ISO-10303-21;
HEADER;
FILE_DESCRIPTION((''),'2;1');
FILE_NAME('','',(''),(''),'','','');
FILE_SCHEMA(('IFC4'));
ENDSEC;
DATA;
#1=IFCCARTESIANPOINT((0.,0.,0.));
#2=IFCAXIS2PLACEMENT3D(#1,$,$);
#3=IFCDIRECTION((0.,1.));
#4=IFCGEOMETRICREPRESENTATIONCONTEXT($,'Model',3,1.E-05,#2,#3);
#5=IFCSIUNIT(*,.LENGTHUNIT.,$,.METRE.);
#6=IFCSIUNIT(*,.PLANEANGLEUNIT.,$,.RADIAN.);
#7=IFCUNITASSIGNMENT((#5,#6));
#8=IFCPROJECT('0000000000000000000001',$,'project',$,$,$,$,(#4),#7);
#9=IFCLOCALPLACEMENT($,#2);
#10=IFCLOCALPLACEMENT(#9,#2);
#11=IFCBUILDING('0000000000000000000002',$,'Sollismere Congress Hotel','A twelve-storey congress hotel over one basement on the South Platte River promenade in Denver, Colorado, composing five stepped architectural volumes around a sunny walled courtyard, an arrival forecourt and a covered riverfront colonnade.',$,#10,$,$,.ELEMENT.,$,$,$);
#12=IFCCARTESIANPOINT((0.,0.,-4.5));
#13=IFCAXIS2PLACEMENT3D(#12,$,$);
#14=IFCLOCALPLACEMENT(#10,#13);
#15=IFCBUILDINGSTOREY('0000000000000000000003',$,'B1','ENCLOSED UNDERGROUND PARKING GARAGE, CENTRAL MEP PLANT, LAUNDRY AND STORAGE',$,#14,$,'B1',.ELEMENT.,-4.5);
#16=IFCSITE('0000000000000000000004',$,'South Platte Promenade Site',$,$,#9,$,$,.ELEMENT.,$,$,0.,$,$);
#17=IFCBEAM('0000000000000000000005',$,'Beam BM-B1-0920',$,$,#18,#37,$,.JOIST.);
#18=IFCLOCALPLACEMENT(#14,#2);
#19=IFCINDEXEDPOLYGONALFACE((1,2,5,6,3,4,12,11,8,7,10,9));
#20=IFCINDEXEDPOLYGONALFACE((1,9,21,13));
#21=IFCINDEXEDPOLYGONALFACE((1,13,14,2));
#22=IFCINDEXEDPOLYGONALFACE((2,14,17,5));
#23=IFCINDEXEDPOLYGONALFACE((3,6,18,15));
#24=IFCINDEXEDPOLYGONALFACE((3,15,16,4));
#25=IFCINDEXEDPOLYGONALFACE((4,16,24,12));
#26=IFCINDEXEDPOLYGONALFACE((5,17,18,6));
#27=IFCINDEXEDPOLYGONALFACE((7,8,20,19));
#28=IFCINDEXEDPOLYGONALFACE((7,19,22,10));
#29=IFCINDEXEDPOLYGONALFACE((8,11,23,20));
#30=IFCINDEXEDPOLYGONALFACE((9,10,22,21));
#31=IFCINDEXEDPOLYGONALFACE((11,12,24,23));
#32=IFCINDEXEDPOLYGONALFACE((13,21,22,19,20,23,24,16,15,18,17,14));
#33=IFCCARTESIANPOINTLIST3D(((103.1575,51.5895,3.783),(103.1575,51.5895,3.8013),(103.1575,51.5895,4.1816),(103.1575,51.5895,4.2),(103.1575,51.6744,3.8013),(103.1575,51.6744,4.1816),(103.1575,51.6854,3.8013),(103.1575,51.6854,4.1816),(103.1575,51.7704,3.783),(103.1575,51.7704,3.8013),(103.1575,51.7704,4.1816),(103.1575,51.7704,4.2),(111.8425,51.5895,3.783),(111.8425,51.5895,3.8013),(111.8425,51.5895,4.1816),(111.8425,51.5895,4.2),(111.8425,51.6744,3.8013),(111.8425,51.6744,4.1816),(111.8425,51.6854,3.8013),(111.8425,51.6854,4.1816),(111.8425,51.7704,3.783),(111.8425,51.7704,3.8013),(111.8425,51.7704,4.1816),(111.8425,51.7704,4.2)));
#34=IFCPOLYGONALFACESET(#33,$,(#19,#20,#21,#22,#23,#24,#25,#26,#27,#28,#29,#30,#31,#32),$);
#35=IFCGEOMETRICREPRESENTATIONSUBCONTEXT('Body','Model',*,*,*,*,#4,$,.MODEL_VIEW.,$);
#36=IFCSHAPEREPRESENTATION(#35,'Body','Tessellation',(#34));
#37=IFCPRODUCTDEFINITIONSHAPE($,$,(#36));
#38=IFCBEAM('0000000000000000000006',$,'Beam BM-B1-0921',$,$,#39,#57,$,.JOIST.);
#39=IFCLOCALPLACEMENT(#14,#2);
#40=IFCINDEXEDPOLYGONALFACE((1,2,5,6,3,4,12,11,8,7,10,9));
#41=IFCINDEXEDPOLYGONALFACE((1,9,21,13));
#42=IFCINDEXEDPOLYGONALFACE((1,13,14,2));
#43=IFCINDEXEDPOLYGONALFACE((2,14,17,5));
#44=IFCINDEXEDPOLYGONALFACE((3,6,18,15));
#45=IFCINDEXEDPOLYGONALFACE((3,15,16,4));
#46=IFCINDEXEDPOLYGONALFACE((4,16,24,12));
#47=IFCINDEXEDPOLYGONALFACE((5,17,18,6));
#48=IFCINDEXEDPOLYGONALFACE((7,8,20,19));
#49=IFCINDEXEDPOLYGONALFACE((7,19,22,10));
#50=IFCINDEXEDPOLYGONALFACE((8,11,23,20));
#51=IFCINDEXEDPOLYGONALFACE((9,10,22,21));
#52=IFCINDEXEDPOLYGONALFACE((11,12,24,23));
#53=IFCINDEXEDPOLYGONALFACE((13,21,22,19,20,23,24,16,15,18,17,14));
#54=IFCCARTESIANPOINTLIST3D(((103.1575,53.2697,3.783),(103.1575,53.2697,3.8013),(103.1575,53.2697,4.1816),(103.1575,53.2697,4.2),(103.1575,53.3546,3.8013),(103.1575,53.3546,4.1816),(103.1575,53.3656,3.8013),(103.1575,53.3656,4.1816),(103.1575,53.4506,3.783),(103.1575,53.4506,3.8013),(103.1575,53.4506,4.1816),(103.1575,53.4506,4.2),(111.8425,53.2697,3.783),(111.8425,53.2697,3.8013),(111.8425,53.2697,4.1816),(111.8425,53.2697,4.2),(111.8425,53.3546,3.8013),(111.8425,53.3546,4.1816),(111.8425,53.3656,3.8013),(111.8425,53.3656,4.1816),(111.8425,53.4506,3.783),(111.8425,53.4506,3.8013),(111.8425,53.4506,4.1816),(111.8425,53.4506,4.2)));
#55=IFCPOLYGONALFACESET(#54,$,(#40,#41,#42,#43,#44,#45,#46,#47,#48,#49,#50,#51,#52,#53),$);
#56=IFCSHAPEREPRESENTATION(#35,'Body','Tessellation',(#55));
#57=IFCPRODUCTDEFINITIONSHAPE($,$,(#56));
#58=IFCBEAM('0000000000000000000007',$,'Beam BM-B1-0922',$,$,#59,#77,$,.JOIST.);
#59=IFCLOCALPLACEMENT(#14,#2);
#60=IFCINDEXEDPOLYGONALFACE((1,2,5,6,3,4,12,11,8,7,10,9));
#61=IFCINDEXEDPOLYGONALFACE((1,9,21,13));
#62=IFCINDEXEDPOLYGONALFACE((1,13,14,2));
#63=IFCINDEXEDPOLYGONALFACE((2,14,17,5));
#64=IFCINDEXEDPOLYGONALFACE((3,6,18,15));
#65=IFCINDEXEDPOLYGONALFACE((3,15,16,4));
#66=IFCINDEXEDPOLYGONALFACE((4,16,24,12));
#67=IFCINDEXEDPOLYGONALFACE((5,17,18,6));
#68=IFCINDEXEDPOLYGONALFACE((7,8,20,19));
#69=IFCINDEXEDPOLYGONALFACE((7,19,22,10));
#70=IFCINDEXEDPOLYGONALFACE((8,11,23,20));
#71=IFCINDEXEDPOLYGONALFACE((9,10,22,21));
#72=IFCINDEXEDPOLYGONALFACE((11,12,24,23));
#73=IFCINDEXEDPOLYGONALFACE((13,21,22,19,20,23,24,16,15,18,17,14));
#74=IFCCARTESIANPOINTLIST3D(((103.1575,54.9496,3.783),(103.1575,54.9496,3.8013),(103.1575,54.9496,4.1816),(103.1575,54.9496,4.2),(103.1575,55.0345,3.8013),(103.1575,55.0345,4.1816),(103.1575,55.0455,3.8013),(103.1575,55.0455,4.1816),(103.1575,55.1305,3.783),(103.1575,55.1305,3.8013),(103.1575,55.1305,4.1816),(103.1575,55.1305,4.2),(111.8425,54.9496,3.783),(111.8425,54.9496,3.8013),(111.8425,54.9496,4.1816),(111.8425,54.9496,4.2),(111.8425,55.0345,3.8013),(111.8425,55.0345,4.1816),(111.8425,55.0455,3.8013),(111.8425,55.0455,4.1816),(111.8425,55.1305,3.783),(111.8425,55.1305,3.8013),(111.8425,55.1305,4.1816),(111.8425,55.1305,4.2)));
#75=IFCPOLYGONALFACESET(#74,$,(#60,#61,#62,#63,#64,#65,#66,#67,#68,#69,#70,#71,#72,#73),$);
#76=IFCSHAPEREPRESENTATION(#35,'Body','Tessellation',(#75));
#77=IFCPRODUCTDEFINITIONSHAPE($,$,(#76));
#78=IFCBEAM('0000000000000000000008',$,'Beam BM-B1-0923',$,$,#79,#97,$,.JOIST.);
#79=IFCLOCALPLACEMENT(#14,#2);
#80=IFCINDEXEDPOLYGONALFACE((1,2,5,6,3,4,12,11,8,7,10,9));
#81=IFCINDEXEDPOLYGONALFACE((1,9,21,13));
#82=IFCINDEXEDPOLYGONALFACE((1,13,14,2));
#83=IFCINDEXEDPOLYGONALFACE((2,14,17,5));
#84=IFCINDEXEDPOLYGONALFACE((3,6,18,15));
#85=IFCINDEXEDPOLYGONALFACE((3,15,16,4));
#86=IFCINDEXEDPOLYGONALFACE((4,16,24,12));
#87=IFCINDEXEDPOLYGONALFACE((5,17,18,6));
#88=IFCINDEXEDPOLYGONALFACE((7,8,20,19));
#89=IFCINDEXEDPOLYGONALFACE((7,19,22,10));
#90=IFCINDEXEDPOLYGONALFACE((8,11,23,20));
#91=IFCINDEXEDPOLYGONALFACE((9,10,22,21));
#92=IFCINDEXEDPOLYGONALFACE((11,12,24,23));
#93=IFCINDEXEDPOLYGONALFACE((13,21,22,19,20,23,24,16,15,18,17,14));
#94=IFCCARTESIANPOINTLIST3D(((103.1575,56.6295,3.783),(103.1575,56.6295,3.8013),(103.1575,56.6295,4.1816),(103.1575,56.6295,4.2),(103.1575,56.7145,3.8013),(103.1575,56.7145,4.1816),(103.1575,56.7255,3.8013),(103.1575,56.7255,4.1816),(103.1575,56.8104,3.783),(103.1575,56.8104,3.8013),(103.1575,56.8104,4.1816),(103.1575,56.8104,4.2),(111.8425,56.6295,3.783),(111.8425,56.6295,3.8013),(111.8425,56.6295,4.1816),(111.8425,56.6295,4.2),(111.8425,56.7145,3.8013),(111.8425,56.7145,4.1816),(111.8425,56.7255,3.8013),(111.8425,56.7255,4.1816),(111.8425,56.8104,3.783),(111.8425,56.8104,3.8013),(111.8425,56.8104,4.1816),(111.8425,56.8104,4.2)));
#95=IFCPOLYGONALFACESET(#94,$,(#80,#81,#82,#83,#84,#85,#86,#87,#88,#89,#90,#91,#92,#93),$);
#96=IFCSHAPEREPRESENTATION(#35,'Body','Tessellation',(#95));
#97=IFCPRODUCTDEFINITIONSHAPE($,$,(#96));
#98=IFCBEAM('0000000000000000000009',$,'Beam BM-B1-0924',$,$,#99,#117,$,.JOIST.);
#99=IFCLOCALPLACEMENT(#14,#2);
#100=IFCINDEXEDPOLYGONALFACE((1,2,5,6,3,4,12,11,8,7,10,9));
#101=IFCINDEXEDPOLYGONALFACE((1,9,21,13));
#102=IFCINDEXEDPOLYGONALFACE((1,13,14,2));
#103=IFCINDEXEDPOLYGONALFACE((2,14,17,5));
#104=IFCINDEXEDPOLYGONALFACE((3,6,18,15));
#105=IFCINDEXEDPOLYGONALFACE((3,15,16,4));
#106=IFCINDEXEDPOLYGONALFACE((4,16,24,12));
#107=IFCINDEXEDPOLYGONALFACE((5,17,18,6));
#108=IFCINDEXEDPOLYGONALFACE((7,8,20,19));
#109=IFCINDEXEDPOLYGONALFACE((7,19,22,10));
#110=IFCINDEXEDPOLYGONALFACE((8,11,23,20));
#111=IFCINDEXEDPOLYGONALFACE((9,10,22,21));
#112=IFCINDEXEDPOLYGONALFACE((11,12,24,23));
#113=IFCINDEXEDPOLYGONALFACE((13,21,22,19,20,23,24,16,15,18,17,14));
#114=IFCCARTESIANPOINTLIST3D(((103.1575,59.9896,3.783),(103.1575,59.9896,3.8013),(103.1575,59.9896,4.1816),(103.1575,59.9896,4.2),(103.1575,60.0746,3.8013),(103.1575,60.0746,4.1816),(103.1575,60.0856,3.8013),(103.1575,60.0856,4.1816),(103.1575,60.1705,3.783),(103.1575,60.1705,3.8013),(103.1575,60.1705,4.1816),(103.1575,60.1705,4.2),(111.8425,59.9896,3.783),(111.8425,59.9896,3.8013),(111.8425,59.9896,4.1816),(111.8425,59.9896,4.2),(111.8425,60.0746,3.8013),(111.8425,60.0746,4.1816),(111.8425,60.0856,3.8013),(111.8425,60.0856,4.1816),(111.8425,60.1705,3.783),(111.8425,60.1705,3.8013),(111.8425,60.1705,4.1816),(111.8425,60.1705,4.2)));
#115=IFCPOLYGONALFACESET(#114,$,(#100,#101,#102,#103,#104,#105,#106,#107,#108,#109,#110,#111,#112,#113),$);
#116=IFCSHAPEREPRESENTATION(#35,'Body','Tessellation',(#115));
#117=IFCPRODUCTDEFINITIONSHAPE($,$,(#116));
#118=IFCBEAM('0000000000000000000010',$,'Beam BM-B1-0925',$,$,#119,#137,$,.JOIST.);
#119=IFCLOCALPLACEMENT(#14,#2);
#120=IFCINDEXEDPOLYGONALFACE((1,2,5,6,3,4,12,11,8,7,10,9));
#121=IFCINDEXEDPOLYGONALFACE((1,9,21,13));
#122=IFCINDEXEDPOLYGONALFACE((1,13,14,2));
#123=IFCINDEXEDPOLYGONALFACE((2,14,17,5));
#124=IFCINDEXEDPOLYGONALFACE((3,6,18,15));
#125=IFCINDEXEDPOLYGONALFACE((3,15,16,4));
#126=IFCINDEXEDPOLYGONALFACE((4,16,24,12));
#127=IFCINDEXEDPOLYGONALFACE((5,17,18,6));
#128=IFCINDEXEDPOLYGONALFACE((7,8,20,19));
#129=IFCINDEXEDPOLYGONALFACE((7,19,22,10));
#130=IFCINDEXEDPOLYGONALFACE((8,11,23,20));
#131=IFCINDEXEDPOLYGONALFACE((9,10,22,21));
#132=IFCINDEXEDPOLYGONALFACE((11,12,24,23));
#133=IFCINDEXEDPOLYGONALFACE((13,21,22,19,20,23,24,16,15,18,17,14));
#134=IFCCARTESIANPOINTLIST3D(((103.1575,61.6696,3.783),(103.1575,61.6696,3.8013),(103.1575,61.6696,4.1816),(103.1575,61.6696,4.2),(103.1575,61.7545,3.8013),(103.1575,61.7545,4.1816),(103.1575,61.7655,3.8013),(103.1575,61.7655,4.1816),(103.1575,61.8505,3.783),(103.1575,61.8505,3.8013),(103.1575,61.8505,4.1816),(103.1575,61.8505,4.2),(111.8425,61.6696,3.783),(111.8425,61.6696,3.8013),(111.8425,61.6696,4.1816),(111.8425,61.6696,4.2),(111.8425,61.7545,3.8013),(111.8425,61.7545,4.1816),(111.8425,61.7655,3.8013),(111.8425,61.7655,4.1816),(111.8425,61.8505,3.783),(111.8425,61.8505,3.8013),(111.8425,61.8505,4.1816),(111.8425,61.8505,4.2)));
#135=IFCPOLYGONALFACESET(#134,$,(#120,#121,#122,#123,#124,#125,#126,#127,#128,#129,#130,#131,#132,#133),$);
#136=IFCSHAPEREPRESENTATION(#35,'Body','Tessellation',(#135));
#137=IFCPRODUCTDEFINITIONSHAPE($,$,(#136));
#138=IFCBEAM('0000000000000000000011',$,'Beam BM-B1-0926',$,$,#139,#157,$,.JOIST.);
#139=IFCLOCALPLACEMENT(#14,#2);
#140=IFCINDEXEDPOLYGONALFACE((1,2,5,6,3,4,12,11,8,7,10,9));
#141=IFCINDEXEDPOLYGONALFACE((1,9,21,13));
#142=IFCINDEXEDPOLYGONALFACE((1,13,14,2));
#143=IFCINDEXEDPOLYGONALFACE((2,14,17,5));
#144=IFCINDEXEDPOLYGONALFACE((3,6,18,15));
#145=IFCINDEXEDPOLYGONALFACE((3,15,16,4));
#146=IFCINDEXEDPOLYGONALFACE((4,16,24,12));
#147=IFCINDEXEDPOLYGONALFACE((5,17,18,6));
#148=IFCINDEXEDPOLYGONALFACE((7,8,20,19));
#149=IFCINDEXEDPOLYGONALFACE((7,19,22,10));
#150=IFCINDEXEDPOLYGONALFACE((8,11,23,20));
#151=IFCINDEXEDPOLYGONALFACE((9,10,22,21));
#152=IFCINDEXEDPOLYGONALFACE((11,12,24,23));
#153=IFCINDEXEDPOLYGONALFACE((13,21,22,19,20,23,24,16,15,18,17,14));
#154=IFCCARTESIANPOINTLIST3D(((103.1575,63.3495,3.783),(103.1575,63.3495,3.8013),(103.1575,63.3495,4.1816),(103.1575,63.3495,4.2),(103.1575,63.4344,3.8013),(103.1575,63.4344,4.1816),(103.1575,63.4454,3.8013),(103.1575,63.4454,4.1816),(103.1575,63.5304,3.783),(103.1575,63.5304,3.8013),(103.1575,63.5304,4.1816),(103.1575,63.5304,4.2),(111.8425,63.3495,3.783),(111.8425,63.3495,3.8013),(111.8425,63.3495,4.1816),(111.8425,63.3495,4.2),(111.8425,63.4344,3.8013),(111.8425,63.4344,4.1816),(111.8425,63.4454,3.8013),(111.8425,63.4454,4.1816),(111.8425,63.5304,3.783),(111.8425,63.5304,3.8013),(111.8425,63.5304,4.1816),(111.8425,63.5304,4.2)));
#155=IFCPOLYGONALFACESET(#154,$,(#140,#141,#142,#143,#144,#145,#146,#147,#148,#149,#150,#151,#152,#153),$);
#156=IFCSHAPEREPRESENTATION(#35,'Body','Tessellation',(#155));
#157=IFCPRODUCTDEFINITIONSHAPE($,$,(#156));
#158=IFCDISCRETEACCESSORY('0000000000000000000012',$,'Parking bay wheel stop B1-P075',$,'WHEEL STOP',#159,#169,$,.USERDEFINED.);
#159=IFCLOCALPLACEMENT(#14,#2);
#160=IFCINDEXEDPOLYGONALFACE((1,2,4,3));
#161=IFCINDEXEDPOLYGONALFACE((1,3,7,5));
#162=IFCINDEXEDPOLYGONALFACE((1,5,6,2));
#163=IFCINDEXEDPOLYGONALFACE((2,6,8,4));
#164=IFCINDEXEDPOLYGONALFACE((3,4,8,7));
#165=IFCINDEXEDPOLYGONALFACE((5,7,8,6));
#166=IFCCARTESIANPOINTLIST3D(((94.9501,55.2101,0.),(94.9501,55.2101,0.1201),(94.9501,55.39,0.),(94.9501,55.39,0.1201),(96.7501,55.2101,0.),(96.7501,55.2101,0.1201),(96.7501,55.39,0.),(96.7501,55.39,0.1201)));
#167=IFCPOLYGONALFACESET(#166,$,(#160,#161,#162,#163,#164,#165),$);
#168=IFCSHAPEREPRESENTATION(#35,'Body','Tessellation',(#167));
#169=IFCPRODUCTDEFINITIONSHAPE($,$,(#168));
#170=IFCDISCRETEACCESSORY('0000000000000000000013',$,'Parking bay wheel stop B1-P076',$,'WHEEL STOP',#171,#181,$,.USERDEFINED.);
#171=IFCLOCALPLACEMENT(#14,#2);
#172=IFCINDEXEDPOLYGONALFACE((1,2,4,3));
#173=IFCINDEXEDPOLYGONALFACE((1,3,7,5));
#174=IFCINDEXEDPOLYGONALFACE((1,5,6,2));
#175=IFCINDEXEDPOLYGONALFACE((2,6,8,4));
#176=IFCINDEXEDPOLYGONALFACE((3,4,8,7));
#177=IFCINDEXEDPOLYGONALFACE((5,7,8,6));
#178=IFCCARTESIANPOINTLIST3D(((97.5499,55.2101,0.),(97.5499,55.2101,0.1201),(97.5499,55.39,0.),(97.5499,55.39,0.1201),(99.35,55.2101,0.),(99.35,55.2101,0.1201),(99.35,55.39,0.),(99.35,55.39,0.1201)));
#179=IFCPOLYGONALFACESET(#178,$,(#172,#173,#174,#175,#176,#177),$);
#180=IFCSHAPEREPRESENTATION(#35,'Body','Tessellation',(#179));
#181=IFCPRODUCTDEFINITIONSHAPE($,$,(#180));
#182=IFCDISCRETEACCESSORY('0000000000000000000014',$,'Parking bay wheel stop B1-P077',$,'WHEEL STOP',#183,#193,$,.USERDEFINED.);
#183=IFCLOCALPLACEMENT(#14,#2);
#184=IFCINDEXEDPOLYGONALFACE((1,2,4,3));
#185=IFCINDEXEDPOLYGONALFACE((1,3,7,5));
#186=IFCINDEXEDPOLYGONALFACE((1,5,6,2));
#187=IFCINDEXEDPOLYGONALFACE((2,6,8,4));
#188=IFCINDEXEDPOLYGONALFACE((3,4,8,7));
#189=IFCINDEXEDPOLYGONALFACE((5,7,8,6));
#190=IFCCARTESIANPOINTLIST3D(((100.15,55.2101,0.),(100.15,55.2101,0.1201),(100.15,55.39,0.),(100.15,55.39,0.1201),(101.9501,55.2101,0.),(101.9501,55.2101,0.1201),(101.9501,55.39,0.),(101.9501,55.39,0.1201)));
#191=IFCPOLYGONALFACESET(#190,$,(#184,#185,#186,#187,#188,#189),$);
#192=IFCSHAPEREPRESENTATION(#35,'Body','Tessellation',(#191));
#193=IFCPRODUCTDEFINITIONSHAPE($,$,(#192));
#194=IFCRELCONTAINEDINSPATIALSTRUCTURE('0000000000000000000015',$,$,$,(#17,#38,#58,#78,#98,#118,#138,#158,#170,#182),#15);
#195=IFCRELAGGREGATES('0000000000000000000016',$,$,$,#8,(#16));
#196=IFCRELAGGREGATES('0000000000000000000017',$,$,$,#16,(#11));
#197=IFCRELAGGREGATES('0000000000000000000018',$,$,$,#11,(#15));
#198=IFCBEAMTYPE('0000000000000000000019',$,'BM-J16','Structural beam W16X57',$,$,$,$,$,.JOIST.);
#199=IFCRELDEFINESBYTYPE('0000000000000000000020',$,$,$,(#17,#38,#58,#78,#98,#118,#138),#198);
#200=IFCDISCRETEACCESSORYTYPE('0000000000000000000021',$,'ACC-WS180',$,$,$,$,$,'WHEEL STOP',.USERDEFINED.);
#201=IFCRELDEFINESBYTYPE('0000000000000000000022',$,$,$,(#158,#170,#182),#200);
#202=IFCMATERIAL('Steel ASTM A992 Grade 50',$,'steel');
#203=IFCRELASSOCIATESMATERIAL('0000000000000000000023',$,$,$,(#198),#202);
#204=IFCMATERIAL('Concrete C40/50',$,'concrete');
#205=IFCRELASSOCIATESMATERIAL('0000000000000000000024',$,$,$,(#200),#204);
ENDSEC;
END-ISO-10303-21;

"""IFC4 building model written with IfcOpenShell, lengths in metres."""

from ifc_helpers import new_model, si_unit, direction, frame, origin, origin_2d, place, context, subcontext, project, spatial, rectangle, i_section, extrude, material, material_profile, profile_set, type_object, element, save


model = new_model("IFC4")

# Units and contexts
model_context = context("Model", 3, precision=1e-05, world=origin(), true_north=direction((0.0, 1.0)))
body_context = subcontext(model_context, "Body", "Model", "MODEL_VIEW")
ifc_project = project(units=[si_unit("LENGTHUNIT", "METRE"), si_unit("PLANEANGLEUNIT", "RADIAN")], contexts=[model_context])

# Site, building, storey
site_placement = place(None, origin())
site = spatial("IfcSite", under=ifc_project, at=site_placement, Name="South Platte Promenade Site", CompositionType="ELEMENT", RefElevation=0.0)
building_placement = place(site_placement, origin())
building = spatial("IfcBuilding", under=site, at=building_placement, Name="Sollismere Congress Hotel", Description="A twelve-storey congress hotel over one basement on the South Platte River promenade in Denver, Colorado, composing five stepped architectural volumes around a sunny walled courtyard, an arrival forecourt and a covered riverfront colonnade.", CompositionType="ELEMENT")
storey_placement = place(building_placement, frame((0.0, 0.0, -4.5)))
storey = spatial("IfcBuildingStorey", under=building, at=storey_placement, Name="B1", Description="ENCLOSED UNDERGROUND PARKING GARAGE, CENTRAL MEP PLANT, LAUNDRY AND STORAGE", LongName="B1", CompositionType="ELEMENT", Elevation=-4.5)

# Shared definitions
ifc_material_1 = material(Name="Concrete C40/50", Category="concrete")

# Beams
ifc_material_2 = material(Name="Steel ASTM A992 Grade 50", Category="steel")
ifc_material_profile_1 = material_profile(ifc_material_2, i_section(OverallWidth=0.1809, OverallDepth=0.417, WebThickness=0.011, FlangeThickness=0.0183, at=origin_2d()), Name="W16X57")
ifc_profile_set_1 = profile_set([ifc_material_profile_1], Name="Steel ASTM A992 Grade 50")
beam_type_1 = type_object("IfcBeamType", Name="BM-J16", Description="Structural beam W16X57", PredefinedType="JOIST", material=ifc_profile_set_1)
for number, where, z_axis, x_axis, name in (
    (1, (103.1575, 51.6799, 3.9915), (1.0, 0.0, 0.0), (0.0, 1.0, 0.0), "Beam BM-B1-0920"),
    (2, (103.1575, 53.3601, 3.9915), (1.0, 0.0, 0.0), (0.0, 1.0, 0.0), "Beam BM-B1-0921"),
    (3, (103.1575, 55.04, 3.9915), (1.0, 0.0, 0.0), (0.0, 1.0, 0.0), "Beam BM-B1-0922"),
    (4, (103.1575, 56.72, 3.9915), (1.0, 0.0, 0.0), (0.0, 1.0, 0.0), "Beam BM-B1-0923"),
    (5, (103.1575, 60.0801, 3.9915), (1.0, 0.0, 0.0), (0.0, 1.0, 0.0), "Beam BM-B1-0924"),
    (6, (103.1575, 61.76, 3.9915), (1.0, 0.0, 0.0), (0.0, 1.0, 0.0), "Beam BM-B1-0925"),
    (7, (103.1575, 63.4399, 3.9915), (1.0, 0.0, 0.0), (0.0, 1.0, 0.0), "Beam BM-B1-0926"),
):
    element("IfcBeam", number, at=place(storey_placement, frame(where, z_axis=z_axis, x_axis=x_axis)), inside=storey, type_object=beam_type_1, Name=name, PredefinedType="JOIST", context=body_context, shape_type="SweptSolid", body=[
        extrude(i_section(OverallWidth=0.1809, OverallDepth=0.417, WebThickness=0.011, FlangeThickness=0.0183, at=origin_2d()), origin(), (0.0, 0.0, 1.0), 8.6851),
    ])

# Discrete accessories
discrete_accessory_type = type_object("IfcDiscreteAccessoryType", Name="ACC-WS180", ElementType="WHEEL STOP", PredefinedType="USERDEFINED", material=ifc_material_1)
for number, where, z_axis, x_axis, name in (
    (8, (95.8501, 55.3, 0.0), (0.0, 0.0, 1.0), (1.0, 0.0, 0.0), "Parking bay wheel stop B1-P075"),
    (9, (98.45, 55.3, 0.0), (0.0, 0.0, 1.0), (1.0, 0.0, 0.0), "Parking bay wheel stop B1-P076"),
    (10, (101.05, 55.3, 0.0), (0.0, 0.0, 1.0), (1.0, 0.0, 0.0), "Parking bay wheel stop B1-P077"),
):
    element("IfcDiscreteAccessory", number, at=place(storey_placement, frame(where, z_axis=z_axis, x_axis=x_axis)), inside=storey, type_object=discrete_accessory_type, Name=name, ObjectType="WHEEL STOP", PredefinedType="USERDEFINED", context=body_context, shape_type="SweptSolid", body=[
        extrude(rectangle(XDim=1.8, YDim=0.1799, at=origin_2d()), origin(), (0.0, 0.0, 1.0), 0.1201),
    ])

save(model, "model.ifc")
